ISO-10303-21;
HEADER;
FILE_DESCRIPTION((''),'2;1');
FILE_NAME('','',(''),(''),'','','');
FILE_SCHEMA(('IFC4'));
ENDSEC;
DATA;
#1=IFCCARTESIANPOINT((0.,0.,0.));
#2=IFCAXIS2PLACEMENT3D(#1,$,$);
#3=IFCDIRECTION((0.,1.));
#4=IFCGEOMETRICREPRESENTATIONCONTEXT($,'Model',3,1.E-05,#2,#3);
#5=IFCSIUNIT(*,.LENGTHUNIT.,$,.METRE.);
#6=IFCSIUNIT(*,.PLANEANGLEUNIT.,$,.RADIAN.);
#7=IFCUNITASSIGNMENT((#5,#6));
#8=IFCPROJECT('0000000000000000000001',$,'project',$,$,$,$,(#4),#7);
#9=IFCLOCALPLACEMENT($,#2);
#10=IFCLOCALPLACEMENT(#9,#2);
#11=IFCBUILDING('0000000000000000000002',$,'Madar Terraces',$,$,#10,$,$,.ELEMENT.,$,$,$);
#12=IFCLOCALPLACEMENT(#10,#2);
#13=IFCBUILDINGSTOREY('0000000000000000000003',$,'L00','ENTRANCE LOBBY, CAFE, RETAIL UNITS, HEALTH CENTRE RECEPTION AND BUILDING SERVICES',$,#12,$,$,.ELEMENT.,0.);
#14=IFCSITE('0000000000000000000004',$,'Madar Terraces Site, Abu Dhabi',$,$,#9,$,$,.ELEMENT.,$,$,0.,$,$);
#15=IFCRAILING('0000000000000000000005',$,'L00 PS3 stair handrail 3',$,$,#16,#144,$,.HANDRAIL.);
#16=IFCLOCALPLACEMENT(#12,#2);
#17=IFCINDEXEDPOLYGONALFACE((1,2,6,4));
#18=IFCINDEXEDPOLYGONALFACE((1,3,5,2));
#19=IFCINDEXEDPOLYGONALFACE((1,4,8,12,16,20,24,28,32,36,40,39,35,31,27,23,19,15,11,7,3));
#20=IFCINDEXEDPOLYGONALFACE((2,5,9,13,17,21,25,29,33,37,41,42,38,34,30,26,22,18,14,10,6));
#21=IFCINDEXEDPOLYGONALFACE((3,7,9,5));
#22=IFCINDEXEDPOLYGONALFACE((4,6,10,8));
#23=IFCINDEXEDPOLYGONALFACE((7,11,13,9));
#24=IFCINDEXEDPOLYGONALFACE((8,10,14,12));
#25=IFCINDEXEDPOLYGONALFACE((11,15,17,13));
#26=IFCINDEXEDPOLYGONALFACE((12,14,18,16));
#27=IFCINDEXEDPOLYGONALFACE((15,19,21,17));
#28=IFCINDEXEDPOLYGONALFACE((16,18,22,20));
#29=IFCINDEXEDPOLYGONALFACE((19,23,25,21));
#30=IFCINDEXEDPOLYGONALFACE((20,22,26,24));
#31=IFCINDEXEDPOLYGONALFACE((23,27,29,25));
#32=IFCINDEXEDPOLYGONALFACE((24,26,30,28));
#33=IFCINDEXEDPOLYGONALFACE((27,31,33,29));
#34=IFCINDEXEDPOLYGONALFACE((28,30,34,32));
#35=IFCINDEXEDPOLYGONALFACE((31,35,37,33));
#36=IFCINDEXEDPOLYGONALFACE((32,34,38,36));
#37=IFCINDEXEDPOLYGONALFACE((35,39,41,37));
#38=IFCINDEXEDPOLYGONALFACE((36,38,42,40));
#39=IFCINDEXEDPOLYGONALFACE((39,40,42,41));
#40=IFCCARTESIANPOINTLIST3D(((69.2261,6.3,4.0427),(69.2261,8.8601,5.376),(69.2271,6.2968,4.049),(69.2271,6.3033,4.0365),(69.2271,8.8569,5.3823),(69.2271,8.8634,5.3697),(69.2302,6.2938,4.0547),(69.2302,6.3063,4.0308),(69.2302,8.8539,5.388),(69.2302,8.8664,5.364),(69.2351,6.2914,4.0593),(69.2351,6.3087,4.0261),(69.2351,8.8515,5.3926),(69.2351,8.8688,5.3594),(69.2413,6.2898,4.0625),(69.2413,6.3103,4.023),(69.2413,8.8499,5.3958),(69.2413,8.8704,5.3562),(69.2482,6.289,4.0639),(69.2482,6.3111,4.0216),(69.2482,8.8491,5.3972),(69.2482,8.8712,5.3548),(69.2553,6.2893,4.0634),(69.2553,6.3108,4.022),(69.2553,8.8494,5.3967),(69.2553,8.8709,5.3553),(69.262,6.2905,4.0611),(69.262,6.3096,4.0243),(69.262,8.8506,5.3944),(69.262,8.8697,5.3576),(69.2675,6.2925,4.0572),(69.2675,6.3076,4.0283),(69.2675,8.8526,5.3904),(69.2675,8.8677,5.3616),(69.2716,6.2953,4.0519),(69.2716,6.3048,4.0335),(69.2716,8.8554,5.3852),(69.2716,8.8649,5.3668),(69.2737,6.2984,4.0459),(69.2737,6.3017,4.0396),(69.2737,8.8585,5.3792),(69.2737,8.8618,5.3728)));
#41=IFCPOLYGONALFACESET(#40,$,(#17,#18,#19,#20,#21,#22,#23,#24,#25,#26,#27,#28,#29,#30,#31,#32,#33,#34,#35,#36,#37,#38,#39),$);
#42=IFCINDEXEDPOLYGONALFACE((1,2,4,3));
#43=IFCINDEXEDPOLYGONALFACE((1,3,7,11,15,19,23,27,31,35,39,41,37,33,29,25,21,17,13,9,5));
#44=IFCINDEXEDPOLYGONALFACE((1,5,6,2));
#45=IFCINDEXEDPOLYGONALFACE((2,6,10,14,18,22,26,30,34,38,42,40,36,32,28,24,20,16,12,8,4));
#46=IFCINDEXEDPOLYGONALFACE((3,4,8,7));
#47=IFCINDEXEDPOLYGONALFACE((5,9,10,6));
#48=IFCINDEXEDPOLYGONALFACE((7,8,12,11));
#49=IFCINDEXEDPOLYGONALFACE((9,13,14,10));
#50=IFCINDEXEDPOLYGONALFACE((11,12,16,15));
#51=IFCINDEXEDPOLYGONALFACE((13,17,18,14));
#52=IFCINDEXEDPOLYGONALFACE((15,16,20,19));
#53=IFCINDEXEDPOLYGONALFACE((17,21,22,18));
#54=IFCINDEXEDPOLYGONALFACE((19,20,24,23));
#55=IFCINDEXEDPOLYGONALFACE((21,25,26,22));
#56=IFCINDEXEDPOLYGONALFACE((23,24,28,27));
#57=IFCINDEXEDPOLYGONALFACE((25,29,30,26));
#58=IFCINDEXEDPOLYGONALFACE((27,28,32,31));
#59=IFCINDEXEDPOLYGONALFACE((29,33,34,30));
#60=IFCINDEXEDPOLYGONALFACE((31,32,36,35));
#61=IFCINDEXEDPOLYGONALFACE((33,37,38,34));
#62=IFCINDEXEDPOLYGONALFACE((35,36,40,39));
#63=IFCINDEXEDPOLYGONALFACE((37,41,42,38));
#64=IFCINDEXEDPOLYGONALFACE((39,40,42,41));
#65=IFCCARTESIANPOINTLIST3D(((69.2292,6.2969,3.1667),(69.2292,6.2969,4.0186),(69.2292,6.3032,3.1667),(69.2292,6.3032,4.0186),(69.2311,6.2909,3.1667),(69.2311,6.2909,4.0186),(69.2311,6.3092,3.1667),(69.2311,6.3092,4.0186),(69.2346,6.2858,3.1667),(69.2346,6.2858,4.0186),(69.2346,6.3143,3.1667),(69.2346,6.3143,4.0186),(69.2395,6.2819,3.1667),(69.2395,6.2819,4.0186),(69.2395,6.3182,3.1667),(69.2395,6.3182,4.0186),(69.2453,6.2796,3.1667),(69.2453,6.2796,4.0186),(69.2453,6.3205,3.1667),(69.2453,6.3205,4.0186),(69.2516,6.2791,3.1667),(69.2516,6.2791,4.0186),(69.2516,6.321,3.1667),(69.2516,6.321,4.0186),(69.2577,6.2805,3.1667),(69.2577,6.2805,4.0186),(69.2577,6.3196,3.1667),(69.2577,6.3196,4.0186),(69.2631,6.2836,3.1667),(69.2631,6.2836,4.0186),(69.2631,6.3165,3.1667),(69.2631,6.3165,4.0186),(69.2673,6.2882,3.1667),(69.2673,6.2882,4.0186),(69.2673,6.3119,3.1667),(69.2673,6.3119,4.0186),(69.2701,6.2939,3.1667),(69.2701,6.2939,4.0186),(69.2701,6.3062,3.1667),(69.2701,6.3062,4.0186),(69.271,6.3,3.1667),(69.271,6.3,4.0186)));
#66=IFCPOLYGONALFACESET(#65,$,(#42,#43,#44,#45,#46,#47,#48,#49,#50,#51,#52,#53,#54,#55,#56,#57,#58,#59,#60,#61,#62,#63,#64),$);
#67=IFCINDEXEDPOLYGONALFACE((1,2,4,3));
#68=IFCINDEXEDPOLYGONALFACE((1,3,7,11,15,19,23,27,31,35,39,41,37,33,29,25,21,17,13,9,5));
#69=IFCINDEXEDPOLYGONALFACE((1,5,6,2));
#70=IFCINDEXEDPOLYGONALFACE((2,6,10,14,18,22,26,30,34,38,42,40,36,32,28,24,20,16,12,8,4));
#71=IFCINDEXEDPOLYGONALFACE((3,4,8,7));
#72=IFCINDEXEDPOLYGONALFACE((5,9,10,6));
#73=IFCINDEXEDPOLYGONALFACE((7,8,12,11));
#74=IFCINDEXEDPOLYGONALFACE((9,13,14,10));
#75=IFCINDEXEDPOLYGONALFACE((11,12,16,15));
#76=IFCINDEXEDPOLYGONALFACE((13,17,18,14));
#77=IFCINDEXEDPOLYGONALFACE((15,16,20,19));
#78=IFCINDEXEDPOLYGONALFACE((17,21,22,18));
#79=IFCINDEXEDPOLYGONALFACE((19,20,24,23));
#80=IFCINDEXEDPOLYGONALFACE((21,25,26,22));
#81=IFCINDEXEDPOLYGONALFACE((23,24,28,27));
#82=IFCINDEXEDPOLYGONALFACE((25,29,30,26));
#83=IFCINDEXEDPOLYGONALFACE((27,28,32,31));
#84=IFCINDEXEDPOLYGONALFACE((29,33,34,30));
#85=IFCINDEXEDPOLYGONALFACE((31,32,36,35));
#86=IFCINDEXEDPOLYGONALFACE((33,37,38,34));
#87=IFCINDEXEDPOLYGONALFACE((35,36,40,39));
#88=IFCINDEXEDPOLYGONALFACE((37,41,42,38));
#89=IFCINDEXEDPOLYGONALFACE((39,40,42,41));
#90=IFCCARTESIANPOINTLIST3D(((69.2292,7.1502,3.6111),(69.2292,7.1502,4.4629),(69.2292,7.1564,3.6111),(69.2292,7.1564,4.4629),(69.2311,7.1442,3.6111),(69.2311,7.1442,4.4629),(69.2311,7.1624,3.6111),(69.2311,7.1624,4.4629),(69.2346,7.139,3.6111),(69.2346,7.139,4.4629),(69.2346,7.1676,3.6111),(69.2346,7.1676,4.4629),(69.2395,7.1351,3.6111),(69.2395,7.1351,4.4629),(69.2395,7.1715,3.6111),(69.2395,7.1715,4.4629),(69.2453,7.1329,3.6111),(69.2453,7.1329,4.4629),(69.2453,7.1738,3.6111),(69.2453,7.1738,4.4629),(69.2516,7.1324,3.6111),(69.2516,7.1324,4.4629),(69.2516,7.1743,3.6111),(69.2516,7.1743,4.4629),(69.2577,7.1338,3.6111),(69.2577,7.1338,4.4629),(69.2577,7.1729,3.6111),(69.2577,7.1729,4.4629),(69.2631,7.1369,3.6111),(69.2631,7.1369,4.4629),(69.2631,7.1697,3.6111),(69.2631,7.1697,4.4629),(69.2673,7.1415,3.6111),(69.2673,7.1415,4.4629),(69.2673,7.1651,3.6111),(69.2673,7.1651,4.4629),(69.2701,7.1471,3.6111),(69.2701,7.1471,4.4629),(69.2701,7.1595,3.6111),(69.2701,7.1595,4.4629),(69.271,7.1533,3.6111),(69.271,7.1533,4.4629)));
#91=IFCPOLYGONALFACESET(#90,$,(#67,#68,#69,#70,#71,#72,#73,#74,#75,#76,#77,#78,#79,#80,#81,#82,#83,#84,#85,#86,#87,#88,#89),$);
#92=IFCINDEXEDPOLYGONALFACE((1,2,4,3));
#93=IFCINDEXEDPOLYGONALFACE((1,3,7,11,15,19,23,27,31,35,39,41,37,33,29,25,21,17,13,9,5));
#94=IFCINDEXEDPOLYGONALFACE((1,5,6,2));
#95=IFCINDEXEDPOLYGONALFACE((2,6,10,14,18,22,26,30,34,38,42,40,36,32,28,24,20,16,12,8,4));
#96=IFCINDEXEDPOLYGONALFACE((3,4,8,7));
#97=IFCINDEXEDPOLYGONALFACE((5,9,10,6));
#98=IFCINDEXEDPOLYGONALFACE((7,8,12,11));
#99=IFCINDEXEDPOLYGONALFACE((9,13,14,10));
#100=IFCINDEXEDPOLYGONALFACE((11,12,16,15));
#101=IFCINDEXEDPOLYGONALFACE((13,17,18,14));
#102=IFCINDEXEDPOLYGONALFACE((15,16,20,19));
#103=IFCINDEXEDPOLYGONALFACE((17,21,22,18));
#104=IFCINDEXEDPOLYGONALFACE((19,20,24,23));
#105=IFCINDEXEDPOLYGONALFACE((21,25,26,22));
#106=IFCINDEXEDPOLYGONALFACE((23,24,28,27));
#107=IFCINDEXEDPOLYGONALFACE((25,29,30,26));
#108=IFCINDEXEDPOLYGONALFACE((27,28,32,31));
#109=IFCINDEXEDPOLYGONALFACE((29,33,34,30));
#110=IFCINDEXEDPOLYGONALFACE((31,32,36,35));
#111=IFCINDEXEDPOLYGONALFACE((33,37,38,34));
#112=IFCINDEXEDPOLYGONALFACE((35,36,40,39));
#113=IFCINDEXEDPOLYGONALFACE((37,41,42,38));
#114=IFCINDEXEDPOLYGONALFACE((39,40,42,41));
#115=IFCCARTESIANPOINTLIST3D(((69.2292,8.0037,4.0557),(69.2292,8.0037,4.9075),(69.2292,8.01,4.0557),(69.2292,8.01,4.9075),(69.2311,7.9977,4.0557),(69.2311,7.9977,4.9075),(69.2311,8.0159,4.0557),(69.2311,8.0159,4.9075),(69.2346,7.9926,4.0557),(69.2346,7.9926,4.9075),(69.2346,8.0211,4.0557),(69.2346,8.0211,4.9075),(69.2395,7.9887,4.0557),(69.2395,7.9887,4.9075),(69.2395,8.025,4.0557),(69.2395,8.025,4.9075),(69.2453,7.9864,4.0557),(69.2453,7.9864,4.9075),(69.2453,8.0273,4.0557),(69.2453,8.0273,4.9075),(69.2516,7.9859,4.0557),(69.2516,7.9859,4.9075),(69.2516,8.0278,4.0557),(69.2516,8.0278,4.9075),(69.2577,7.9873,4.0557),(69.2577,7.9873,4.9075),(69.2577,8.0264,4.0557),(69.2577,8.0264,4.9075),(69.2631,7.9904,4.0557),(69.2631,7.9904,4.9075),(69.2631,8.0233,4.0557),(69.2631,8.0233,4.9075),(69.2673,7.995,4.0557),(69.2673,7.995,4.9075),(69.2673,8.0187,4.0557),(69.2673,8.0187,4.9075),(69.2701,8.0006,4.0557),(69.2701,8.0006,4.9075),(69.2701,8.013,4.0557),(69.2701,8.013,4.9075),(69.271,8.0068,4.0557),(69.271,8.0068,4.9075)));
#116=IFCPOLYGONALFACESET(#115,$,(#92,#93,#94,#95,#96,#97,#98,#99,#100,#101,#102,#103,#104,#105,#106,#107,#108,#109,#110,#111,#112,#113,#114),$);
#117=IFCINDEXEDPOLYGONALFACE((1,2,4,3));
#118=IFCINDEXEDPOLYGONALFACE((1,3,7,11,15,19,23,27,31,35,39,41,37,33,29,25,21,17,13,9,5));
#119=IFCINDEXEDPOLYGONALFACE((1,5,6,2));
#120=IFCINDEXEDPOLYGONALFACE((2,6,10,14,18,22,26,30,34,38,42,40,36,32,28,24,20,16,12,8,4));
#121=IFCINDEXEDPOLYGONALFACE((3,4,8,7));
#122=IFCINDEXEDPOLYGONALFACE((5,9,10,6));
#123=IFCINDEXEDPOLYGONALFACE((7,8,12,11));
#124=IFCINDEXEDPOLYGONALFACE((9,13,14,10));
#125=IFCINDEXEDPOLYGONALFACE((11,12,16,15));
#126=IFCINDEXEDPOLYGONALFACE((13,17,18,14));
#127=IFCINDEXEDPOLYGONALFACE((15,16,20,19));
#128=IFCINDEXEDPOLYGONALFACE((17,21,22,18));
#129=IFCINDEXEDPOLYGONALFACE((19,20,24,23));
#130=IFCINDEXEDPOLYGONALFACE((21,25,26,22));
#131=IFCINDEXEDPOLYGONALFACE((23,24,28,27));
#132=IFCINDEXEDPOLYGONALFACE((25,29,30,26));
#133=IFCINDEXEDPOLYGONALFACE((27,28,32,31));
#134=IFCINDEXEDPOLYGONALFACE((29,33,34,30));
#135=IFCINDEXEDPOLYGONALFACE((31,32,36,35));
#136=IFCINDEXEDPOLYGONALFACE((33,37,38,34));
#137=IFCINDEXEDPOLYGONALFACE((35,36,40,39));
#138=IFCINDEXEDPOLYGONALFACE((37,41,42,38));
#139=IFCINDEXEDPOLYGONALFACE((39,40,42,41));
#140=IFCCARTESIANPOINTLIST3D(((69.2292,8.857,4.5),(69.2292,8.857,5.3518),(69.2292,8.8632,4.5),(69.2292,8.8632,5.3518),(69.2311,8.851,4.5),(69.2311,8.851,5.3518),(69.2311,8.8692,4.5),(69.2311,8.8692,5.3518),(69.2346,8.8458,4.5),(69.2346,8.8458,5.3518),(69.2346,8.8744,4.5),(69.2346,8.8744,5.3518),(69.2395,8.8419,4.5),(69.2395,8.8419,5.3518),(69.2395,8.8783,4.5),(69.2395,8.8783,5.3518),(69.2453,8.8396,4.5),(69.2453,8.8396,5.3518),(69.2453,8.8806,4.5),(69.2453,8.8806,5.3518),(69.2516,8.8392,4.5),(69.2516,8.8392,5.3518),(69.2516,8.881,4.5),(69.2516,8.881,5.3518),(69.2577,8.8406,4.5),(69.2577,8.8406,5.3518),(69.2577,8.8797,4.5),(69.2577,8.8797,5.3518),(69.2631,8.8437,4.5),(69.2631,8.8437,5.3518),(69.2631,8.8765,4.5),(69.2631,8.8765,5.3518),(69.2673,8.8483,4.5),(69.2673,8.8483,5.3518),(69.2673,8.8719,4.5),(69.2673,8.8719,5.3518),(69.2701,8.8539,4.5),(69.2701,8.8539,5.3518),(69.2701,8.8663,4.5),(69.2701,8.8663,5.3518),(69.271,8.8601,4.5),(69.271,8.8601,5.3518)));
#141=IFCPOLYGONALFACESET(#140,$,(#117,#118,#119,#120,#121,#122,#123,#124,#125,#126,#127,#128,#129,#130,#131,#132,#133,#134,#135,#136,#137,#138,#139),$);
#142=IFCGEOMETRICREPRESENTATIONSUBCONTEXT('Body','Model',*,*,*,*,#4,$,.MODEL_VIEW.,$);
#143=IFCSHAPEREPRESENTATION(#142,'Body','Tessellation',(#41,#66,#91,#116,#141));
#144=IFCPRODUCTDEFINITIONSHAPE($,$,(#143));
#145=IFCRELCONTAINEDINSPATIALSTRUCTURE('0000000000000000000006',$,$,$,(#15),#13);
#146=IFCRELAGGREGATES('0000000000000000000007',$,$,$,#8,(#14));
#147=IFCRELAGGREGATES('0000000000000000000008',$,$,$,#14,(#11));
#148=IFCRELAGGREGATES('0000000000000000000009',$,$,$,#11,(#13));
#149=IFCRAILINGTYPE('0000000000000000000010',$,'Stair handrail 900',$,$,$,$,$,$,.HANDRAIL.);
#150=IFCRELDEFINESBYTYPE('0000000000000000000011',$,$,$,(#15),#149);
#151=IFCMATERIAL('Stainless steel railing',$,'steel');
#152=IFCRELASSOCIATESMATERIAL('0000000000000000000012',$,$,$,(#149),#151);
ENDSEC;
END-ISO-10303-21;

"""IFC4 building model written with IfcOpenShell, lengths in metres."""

from ifc_helpers import new_model, si_unit, direction, frame, origin, origin_2d, place, context, subcontext, project, spatial, circle, extrude, material, type_object, element, save


model = new_model("IFC4")

# Units and contexts
model_context = context("Model", 3, precision=1e-05, world=origin(), true_north=direction((0.0, 1.0)))
body_context = subcontext(model_context, "Body", "Model", "MODEL_VIEW")
ifc_project = project(units=[si_unit("LENGTHUNIT", "METRE"), si_unit("PLANEANGLEUNIT", "RADIAN")], contexts=[model_context])

# Site, building, storey
site_placement = place(None, origin())
site = spatial("IfcSite", under=ifc_project, at=site_placement, Name="Madar Terraces Site, Abu Dhabi", CompositionType="ELEMENT", RefElevation=0.0)
building_placement = place(site_placement, origin())
building = spatial("IfcBuilding", under=site, at=building_placement, Name="Madar Terraces", CompositionType="ELEMENT")
storey_placement = place(building_placement, origin())
storey = spatial("IfcBuildingStorey", under=building, at=storey_placement, Name="L00", Description="ENTRANCE LOBBY, CAFE, RETAIL UNITS, HEALTH CENTRE RECEPTION AND BUILDING SERVICES", CompositionType="ELEMENT", Elevation=0.0)

# Railing
ifc_material_1 = material(Name="Stainless steel railing", Category="steel")
railing_type_1 = type_object("IfcRailingType", Name="Stair handrail 900", PredefinedType="HANDRAIL", material=ifc_material_1)
railing_1_placement = place(storey_placement, frame((69.25, 6.3, 3.1667)))
element("IfcRailing", 1, at=railing_1_placement, inside=storey, type_object=railing_type_1, Name="L00 PS3 stair handrail 3", PredefinedType="HANDRAIL", context=body_context, shape_type="SweptSolid", body=[
    extrude(circle(Radius=0.0239, at=origin_2d()), frame((0.0, 0.0, 0.876), z_axis=(0.0, 0.88693, 0.461904), x_axis=(-1.0, 0.0, 0.0)), (0.0, 0.0, 1.0), 2.8865),
    extrude(circle(Radius=0.021, at=origin_2d()), origin(), (0.0, 0.0, 1.0), 0.8518),
    extrude(circle(Radius=0.021, at=origin_2d()), frame((0.0, 0.8533, 0.4443)), (0.0, 0.0, 1.0), 0.8518),
    extrude(circle(Radius=0.021, at=origin_2d()), frame((0.0, 1.7068, 0.8889)), (0.0, 0.0, 1.0), 0.8518),
    extrude(circle(Radius=0.021, at=origin_2d()), frame((0.0, 2.5601, 1.3333)), (0.0, 0.0, 1.0), 0.8518),
])

save(model, "model.ifc")
